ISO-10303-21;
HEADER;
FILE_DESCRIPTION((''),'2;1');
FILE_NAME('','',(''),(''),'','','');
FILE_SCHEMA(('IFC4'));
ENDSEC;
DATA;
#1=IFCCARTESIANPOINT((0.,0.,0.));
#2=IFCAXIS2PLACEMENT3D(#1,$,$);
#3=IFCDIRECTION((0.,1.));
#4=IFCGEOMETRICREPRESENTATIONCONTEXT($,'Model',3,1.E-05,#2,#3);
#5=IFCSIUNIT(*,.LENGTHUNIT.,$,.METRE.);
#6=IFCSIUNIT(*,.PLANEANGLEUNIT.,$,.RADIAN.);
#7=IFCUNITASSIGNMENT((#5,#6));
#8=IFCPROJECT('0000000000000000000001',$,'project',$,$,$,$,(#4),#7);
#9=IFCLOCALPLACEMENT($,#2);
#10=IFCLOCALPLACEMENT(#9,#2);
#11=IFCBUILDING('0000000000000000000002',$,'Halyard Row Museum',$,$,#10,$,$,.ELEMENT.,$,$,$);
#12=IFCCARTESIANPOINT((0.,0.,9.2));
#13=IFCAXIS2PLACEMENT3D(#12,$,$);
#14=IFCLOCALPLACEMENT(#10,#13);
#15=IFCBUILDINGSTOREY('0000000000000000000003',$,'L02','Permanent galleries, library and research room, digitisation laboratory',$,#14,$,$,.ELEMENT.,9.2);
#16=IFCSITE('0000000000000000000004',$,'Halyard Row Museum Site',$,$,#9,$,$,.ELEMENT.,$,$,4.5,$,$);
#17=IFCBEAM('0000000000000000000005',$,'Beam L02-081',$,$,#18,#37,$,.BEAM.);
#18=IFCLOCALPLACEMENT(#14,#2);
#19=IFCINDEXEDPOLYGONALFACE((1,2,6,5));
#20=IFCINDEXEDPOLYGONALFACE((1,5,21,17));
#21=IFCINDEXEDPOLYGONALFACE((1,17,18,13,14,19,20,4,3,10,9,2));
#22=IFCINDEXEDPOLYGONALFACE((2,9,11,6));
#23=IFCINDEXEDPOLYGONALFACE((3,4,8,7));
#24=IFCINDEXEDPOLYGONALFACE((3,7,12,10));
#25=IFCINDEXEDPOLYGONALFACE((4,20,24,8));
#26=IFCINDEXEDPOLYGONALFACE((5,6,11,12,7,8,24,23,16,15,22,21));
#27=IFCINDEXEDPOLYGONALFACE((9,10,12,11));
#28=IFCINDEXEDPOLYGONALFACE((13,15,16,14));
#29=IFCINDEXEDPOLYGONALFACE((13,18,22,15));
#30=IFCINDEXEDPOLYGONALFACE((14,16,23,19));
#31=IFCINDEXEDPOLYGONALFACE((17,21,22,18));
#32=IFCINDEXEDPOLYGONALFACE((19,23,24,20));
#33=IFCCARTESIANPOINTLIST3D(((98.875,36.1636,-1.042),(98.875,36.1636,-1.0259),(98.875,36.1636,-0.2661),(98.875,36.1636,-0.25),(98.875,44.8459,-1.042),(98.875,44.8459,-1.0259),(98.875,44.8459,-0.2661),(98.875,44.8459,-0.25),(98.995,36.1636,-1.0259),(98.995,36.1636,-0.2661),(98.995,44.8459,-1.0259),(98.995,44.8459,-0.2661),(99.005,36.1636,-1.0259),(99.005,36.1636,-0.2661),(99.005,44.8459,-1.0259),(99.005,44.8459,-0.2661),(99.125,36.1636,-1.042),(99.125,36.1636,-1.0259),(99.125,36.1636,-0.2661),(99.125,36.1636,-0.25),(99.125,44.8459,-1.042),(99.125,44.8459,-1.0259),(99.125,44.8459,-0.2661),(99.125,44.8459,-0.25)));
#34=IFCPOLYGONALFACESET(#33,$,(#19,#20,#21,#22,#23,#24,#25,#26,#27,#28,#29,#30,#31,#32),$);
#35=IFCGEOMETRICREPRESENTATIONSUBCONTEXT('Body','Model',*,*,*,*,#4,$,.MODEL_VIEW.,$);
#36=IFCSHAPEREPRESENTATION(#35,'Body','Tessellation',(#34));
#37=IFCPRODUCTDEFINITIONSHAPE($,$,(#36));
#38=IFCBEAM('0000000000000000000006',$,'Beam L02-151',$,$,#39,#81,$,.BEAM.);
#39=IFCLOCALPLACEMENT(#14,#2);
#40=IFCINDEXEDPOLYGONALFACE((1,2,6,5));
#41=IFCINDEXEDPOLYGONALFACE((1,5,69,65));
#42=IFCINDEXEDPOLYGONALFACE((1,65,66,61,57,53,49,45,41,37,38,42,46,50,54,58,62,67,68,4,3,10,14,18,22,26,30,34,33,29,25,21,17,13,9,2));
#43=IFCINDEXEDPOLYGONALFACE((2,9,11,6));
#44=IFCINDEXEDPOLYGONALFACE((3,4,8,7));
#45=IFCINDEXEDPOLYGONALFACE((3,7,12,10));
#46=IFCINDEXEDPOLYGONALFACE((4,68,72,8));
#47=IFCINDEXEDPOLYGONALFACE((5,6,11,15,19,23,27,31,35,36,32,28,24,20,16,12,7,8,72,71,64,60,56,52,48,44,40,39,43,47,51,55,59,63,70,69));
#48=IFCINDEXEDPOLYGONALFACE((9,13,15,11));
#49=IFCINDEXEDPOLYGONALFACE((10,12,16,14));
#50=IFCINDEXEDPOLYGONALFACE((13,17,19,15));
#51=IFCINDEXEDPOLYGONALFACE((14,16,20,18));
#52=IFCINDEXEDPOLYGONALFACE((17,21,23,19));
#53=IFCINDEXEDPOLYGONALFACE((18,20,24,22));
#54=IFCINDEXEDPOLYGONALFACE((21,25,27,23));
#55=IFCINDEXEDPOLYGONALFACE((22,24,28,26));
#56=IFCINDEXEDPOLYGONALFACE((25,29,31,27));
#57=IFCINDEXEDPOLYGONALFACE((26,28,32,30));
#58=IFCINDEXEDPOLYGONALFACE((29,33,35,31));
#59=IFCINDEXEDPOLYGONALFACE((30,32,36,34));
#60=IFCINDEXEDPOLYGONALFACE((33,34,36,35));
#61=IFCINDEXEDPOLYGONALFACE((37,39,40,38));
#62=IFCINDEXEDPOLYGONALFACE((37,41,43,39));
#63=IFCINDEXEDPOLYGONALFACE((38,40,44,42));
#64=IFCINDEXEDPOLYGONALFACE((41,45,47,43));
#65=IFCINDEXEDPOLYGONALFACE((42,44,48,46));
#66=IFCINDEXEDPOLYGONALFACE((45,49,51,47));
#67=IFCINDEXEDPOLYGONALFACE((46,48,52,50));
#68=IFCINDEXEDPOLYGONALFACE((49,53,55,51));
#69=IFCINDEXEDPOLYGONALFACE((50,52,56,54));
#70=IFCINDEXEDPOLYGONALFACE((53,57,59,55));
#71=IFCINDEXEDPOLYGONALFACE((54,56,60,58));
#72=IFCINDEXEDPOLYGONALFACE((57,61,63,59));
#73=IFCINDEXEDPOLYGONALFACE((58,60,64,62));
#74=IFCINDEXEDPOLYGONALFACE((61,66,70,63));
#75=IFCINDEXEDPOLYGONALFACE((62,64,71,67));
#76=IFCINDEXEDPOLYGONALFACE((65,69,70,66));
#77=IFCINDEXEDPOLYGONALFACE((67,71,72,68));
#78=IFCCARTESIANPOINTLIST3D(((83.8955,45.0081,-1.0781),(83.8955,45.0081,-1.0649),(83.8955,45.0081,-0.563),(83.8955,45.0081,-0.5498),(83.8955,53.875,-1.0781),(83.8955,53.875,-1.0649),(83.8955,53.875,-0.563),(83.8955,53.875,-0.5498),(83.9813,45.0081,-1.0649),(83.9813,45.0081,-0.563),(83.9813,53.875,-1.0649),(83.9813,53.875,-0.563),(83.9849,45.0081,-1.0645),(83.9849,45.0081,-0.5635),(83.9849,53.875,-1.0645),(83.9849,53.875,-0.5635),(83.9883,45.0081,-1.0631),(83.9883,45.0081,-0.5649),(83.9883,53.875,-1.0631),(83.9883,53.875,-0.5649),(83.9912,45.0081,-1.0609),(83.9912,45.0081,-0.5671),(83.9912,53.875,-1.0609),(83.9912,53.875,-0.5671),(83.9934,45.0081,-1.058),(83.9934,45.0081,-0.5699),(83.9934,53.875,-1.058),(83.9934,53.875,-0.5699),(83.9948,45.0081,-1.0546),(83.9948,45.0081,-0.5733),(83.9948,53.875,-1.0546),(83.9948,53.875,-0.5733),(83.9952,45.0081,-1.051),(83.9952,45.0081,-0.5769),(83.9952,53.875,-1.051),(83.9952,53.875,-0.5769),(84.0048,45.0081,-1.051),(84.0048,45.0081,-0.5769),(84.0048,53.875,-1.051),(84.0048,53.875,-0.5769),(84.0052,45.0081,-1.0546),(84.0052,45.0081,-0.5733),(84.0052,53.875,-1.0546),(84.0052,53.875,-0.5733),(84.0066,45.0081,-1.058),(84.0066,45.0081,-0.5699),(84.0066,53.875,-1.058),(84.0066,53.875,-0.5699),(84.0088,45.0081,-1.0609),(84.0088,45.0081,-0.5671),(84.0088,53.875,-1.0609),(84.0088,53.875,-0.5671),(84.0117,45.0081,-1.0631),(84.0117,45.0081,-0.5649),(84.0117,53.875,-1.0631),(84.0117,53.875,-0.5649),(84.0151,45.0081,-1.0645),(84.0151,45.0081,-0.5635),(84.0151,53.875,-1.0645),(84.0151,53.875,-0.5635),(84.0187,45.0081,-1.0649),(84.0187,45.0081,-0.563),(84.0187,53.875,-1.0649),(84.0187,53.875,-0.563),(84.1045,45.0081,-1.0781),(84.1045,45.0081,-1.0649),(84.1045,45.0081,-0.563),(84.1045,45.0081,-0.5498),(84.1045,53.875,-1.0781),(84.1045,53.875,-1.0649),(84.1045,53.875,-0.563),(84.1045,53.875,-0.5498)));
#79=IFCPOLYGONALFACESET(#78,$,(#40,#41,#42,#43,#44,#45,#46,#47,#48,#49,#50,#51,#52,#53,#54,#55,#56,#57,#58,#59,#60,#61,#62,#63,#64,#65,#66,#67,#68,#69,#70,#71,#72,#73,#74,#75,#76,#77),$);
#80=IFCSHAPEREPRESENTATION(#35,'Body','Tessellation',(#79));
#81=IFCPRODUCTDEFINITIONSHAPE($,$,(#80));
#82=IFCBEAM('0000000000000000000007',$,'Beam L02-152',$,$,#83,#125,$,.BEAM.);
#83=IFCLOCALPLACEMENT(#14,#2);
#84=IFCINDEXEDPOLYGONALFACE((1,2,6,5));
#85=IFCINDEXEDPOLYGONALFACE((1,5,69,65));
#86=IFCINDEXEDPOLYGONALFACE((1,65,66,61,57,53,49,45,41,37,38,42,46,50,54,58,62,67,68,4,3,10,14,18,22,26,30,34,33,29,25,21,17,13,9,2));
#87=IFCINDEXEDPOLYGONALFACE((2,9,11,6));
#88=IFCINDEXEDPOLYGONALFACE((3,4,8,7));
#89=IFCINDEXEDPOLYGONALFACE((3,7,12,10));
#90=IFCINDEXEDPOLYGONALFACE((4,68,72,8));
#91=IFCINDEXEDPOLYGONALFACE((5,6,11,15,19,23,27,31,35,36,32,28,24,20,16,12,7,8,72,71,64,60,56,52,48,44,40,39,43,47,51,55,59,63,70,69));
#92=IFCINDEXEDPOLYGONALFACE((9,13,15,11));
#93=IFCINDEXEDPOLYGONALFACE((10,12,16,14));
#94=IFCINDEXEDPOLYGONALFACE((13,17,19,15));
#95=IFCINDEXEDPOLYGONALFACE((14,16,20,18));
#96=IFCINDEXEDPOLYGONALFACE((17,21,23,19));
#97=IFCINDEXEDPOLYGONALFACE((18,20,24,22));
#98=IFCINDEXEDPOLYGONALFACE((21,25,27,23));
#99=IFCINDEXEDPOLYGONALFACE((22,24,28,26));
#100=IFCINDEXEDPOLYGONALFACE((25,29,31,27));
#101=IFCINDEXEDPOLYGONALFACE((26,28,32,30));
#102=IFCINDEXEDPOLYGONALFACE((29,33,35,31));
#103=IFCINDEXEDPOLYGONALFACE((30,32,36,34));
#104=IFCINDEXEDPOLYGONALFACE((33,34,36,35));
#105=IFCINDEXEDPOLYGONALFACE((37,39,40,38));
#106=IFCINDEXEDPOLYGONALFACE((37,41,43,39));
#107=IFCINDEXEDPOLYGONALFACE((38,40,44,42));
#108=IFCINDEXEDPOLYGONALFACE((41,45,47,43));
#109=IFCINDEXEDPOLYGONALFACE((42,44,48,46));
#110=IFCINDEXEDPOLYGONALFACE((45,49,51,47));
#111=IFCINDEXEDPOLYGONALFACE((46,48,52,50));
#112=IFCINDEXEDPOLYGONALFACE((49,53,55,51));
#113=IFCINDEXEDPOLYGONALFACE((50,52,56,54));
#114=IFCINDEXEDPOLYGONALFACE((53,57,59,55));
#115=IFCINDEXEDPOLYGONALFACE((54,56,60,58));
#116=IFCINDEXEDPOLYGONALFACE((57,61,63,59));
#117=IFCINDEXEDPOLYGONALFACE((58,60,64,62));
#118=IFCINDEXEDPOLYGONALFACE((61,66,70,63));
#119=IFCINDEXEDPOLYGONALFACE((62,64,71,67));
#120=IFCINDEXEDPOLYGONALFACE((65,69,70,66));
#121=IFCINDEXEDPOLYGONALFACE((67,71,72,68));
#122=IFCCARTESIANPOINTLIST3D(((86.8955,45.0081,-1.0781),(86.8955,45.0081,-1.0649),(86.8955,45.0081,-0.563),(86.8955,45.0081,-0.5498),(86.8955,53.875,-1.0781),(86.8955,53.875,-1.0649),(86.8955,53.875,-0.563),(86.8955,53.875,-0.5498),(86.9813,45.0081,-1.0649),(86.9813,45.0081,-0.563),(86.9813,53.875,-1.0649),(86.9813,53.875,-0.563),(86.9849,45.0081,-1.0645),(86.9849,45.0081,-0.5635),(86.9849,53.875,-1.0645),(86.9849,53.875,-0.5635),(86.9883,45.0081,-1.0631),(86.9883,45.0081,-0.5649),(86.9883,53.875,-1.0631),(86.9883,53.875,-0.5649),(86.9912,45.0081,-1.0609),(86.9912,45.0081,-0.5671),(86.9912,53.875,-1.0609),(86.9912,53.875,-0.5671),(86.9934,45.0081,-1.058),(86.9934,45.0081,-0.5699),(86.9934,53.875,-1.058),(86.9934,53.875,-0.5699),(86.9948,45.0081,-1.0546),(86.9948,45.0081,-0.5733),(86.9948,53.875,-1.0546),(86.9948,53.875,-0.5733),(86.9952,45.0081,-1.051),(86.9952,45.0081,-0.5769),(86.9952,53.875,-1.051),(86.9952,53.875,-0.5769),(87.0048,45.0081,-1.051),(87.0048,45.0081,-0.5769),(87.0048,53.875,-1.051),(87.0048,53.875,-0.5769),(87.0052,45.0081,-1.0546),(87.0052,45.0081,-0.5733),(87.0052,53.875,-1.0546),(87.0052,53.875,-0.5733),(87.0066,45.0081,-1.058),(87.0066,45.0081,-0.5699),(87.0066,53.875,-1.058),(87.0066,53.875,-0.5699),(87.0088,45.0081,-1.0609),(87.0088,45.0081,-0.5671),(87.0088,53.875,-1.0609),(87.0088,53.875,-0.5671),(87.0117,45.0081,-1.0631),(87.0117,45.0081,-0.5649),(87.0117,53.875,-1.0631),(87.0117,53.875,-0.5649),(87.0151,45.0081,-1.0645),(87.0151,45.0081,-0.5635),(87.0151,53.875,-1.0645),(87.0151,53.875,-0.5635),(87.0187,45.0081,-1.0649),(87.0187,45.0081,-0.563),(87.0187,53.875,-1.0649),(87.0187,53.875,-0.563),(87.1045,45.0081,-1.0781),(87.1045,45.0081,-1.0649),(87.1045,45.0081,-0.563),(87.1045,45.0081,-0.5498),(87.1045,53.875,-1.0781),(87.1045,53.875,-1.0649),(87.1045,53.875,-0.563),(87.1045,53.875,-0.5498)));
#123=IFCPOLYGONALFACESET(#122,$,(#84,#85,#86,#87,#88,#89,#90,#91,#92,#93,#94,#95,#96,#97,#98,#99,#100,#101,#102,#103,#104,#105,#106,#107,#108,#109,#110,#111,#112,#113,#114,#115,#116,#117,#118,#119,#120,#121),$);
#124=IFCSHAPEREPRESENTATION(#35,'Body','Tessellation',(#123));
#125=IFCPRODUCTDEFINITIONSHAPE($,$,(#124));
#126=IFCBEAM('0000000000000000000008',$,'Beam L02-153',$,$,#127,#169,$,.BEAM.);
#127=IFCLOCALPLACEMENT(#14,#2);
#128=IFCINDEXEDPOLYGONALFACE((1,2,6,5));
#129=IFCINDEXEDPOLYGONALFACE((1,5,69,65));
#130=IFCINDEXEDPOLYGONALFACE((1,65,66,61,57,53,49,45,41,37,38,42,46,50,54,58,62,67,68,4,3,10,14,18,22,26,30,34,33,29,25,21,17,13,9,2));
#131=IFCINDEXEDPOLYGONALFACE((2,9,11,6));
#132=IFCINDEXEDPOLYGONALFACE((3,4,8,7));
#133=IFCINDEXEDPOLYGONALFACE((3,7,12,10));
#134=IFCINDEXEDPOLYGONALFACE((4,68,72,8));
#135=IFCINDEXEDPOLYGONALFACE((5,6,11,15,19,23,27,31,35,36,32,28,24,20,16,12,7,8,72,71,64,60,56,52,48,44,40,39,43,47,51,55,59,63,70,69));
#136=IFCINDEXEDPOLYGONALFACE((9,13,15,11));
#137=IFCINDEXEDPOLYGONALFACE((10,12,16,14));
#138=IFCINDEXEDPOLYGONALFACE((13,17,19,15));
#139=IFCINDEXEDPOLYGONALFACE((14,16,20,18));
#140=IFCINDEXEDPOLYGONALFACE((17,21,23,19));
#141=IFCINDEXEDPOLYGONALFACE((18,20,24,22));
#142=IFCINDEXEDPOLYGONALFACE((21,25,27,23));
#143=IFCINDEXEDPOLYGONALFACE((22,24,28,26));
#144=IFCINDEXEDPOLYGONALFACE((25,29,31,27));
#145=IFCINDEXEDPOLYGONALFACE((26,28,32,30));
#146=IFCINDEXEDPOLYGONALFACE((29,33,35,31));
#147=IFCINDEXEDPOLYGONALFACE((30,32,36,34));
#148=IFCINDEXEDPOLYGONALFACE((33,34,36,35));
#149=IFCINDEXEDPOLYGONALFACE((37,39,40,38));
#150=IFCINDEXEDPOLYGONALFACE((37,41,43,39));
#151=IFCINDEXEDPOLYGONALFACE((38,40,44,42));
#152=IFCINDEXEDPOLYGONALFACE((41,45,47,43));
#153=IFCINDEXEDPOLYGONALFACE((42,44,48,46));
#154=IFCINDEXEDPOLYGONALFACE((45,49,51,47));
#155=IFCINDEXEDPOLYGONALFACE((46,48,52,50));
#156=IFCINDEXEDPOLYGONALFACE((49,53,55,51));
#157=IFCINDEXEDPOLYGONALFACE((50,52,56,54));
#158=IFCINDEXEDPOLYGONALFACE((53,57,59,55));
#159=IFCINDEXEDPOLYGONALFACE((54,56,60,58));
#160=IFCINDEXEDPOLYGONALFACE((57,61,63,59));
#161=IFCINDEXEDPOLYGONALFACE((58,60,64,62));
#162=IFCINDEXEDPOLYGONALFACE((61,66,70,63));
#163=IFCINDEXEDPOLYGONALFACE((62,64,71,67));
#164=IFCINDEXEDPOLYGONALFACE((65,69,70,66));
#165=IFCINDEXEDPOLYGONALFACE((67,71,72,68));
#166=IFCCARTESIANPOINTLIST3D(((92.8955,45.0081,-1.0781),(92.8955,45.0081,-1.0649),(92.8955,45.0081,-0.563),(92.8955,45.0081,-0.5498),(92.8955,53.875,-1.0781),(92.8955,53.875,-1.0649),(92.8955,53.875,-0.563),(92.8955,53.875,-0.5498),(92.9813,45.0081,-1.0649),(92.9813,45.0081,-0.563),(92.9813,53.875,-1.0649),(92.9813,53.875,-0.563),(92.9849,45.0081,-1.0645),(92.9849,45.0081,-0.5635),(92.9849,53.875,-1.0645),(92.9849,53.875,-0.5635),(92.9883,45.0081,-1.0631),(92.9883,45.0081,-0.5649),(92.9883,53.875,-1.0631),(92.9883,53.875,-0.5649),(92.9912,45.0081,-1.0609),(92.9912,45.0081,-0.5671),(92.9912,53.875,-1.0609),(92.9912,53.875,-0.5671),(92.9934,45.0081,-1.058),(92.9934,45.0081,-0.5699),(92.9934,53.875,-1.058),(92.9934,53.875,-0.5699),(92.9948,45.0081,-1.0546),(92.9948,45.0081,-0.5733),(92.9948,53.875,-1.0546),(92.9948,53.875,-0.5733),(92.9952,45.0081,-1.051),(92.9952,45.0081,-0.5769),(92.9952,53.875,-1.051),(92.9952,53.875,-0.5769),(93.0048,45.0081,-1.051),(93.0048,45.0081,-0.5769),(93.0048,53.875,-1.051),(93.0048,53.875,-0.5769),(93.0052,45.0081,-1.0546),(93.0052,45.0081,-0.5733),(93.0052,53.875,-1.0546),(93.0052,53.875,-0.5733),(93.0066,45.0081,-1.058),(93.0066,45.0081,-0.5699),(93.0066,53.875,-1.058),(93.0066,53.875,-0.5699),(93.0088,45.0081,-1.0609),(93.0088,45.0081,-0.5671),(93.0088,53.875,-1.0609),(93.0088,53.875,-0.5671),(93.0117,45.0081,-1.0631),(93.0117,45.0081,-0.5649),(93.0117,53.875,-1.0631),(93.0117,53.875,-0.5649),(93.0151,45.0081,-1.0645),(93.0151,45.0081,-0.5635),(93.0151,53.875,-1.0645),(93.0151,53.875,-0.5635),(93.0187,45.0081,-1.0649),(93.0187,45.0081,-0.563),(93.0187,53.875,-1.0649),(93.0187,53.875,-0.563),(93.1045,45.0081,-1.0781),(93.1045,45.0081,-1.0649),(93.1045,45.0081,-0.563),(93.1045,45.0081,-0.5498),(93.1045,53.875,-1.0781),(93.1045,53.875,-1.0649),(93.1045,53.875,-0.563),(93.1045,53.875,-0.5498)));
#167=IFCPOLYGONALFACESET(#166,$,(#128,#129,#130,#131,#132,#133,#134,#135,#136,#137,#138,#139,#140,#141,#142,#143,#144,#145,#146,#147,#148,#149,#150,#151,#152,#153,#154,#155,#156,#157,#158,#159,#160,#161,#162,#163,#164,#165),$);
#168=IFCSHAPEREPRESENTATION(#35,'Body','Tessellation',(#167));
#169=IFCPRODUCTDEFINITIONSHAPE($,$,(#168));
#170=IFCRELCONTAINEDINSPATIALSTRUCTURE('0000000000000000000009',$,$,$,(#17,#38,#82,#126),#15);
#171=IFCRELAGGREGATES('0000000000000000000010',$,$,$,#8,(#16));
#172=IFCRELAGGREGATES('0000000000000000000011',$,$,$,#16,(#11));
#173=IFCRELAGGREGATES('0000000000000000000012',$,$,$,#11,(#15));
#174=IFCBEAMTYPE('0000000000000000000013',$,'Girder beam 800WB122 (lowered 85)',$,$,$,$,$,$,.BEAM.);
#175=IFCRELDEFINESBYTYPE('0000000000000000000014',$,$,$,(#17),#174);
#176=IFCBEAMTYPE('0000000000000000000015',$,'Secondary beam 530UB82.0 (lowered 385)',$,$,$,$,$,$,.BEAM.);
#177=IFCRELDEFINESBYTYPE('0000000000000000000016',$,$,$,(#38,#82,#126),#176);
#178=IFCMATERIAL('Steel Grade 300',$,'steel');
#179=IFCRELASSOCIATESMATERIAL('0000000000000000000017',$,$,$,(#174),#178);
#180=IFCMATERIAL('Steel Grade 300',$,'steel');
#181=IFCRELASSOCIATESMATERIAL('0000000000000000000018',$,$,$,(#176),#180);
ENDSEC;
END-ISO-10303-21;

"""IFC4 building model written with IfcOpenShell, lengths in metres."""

from ifc_helpers import new_model, si_unit, direction, frame, origin, origin_2d, place, context, subcontext, project, spatial, i_section, extrude, material, material_profile, profile_set, type_object, element, save


model = new_model("IFC4")

# Units and contexts
model_context = context("Model", 3, precision=1e-05, world=origin(), true_north=direction((0.0, 1.0)))
body_context = subcontext(model_context, "Body", "Model", "MODEL_VIEW")
ifc_project = project(units=[si_unit("LENGTHUNIT", "METRE"), si_unit("PLANEANGLEUNIT", "RADIAN")], contexts=[model_context])

# Site, building, storey
site_placement = place(None, origin())
site = spatial("IfcSite", under=ifc_project, at=site_placement, Name="Halyard Row Museum Site", CompositionType="ELEMENT", RefElevation=4.5)
building_placement = place(site_placement, origin())
building = spatial("IfcBuilding", under=site, at=building_placement, Name="Halyard Row Museum", CompositionType="ELEMENT")
storey_placement = place(building_placement, frame((0.0, 0.0, 9.2)))
storey = spatial("IfcBuildingStorey", under=building, at=storey_placement, Name="L02", Description="Permanent galleries, library and research room, digitisation laboratory", CompositionType="ELEMENT", Elevation=9.2)

# Beams
ifc_material_1 = material(Name="Steel Grade 300", Category="steel")
ifc_material_profile_1 = material_profile(ifc_material_1, i_section(OverallWidth=0.25, OverallDepth=0.792, WebThickness=0.01, FlangeThickness=0.0161, at=origin_2d()), Name="800WB122")
ifc_profile_set_1 = profile_set([ifc_material_profile_1], Name="Steel Grade 300")
beam_type_1 = type_object("IfcBeamType", Name="Girder beam 800WB122 (lowered 85)", PredefinedType="BEAM", material=ifc_profile_set_1)
beam_1_placement = place(storey_placement, frame((99.0, 36.1636, -0.646), z_axis=(0.0, 1.0, 0.0), x_axis=(-1.0, 0.0, 0.0)))
element("IfcBeam", 1, at=beam_1_placement, inside=storey, type_object=beam_type_1, Name="Beam L02-081", PredefinedType="BEAM", context=body_context, shape_type="SweptSolid", body=[
    extrude(i_section(OverallWidth=0.25, OverallDepth=0.792, WebThickness=0.01, FlangeThickness=0.0161, at=origin_2d()), origin(), (0.0, 0.0, 1.0), 8.6824),
])
ifc_material_2 = material(Name="Steel Grade 300", Category="steel")
ifc_material_profile_2 = material_profile(ifc_material_2, i_section(OverallWidth=0.209, OverallDepth=0.5283, WebThickness=0.0095, FlangeThickness=0.0132, FilletRadius=0.0139, at=origin_2d()), Name="530UB82.0")
ifc_profile_set_2 = profile_set([ifc_material_profile_2], Name="Steel Grade 300")
beam_type_2 = type_object("IfcBeamType", Name="Secondary beam 530UB82.0 (lowered 385)", PredefinedType="BEAM", material=ifc_profile_set_2)
for number, where, z_axis, x_axis, name in (
    (2, (84.0, 45.0081, -0.814), (0.0, 1.0, 0.0), (-1.0, 0.0, 0.0), "Beam L02-151"),
    (3, (87.0, 45.0081, -0.814), (0.0, 1.0, 0.0), (-1.0, 0.0, 0.0), "Beam L02-152"),
    (4, (93.0, 45.0081, -0.814), (0.0, 1.0, 0.0), (-1.0, 0.0, 0.0), "Beam L02-153"),
):
    element("IfcBeam", number, at=place(storey_placement, frame(where, z_axis=z_axis, x_axis=x_axis)), inside=storey, type_object=beam_type_2, Name=name, PredefinedType="BEAM", context=body_context, shape_type="SweptSolid", body=[
        extrude(i_section(OverallWidth=0.209, OverallDepth=0.5283, WebThickness=0.0095, FlangeThickness=0.0132, FilletRadius=0.0139, at=origin_2d()), origin(), (0.0, 0.0, 1.0), 8.8669),
    ])

save(model, "model.ifc")
